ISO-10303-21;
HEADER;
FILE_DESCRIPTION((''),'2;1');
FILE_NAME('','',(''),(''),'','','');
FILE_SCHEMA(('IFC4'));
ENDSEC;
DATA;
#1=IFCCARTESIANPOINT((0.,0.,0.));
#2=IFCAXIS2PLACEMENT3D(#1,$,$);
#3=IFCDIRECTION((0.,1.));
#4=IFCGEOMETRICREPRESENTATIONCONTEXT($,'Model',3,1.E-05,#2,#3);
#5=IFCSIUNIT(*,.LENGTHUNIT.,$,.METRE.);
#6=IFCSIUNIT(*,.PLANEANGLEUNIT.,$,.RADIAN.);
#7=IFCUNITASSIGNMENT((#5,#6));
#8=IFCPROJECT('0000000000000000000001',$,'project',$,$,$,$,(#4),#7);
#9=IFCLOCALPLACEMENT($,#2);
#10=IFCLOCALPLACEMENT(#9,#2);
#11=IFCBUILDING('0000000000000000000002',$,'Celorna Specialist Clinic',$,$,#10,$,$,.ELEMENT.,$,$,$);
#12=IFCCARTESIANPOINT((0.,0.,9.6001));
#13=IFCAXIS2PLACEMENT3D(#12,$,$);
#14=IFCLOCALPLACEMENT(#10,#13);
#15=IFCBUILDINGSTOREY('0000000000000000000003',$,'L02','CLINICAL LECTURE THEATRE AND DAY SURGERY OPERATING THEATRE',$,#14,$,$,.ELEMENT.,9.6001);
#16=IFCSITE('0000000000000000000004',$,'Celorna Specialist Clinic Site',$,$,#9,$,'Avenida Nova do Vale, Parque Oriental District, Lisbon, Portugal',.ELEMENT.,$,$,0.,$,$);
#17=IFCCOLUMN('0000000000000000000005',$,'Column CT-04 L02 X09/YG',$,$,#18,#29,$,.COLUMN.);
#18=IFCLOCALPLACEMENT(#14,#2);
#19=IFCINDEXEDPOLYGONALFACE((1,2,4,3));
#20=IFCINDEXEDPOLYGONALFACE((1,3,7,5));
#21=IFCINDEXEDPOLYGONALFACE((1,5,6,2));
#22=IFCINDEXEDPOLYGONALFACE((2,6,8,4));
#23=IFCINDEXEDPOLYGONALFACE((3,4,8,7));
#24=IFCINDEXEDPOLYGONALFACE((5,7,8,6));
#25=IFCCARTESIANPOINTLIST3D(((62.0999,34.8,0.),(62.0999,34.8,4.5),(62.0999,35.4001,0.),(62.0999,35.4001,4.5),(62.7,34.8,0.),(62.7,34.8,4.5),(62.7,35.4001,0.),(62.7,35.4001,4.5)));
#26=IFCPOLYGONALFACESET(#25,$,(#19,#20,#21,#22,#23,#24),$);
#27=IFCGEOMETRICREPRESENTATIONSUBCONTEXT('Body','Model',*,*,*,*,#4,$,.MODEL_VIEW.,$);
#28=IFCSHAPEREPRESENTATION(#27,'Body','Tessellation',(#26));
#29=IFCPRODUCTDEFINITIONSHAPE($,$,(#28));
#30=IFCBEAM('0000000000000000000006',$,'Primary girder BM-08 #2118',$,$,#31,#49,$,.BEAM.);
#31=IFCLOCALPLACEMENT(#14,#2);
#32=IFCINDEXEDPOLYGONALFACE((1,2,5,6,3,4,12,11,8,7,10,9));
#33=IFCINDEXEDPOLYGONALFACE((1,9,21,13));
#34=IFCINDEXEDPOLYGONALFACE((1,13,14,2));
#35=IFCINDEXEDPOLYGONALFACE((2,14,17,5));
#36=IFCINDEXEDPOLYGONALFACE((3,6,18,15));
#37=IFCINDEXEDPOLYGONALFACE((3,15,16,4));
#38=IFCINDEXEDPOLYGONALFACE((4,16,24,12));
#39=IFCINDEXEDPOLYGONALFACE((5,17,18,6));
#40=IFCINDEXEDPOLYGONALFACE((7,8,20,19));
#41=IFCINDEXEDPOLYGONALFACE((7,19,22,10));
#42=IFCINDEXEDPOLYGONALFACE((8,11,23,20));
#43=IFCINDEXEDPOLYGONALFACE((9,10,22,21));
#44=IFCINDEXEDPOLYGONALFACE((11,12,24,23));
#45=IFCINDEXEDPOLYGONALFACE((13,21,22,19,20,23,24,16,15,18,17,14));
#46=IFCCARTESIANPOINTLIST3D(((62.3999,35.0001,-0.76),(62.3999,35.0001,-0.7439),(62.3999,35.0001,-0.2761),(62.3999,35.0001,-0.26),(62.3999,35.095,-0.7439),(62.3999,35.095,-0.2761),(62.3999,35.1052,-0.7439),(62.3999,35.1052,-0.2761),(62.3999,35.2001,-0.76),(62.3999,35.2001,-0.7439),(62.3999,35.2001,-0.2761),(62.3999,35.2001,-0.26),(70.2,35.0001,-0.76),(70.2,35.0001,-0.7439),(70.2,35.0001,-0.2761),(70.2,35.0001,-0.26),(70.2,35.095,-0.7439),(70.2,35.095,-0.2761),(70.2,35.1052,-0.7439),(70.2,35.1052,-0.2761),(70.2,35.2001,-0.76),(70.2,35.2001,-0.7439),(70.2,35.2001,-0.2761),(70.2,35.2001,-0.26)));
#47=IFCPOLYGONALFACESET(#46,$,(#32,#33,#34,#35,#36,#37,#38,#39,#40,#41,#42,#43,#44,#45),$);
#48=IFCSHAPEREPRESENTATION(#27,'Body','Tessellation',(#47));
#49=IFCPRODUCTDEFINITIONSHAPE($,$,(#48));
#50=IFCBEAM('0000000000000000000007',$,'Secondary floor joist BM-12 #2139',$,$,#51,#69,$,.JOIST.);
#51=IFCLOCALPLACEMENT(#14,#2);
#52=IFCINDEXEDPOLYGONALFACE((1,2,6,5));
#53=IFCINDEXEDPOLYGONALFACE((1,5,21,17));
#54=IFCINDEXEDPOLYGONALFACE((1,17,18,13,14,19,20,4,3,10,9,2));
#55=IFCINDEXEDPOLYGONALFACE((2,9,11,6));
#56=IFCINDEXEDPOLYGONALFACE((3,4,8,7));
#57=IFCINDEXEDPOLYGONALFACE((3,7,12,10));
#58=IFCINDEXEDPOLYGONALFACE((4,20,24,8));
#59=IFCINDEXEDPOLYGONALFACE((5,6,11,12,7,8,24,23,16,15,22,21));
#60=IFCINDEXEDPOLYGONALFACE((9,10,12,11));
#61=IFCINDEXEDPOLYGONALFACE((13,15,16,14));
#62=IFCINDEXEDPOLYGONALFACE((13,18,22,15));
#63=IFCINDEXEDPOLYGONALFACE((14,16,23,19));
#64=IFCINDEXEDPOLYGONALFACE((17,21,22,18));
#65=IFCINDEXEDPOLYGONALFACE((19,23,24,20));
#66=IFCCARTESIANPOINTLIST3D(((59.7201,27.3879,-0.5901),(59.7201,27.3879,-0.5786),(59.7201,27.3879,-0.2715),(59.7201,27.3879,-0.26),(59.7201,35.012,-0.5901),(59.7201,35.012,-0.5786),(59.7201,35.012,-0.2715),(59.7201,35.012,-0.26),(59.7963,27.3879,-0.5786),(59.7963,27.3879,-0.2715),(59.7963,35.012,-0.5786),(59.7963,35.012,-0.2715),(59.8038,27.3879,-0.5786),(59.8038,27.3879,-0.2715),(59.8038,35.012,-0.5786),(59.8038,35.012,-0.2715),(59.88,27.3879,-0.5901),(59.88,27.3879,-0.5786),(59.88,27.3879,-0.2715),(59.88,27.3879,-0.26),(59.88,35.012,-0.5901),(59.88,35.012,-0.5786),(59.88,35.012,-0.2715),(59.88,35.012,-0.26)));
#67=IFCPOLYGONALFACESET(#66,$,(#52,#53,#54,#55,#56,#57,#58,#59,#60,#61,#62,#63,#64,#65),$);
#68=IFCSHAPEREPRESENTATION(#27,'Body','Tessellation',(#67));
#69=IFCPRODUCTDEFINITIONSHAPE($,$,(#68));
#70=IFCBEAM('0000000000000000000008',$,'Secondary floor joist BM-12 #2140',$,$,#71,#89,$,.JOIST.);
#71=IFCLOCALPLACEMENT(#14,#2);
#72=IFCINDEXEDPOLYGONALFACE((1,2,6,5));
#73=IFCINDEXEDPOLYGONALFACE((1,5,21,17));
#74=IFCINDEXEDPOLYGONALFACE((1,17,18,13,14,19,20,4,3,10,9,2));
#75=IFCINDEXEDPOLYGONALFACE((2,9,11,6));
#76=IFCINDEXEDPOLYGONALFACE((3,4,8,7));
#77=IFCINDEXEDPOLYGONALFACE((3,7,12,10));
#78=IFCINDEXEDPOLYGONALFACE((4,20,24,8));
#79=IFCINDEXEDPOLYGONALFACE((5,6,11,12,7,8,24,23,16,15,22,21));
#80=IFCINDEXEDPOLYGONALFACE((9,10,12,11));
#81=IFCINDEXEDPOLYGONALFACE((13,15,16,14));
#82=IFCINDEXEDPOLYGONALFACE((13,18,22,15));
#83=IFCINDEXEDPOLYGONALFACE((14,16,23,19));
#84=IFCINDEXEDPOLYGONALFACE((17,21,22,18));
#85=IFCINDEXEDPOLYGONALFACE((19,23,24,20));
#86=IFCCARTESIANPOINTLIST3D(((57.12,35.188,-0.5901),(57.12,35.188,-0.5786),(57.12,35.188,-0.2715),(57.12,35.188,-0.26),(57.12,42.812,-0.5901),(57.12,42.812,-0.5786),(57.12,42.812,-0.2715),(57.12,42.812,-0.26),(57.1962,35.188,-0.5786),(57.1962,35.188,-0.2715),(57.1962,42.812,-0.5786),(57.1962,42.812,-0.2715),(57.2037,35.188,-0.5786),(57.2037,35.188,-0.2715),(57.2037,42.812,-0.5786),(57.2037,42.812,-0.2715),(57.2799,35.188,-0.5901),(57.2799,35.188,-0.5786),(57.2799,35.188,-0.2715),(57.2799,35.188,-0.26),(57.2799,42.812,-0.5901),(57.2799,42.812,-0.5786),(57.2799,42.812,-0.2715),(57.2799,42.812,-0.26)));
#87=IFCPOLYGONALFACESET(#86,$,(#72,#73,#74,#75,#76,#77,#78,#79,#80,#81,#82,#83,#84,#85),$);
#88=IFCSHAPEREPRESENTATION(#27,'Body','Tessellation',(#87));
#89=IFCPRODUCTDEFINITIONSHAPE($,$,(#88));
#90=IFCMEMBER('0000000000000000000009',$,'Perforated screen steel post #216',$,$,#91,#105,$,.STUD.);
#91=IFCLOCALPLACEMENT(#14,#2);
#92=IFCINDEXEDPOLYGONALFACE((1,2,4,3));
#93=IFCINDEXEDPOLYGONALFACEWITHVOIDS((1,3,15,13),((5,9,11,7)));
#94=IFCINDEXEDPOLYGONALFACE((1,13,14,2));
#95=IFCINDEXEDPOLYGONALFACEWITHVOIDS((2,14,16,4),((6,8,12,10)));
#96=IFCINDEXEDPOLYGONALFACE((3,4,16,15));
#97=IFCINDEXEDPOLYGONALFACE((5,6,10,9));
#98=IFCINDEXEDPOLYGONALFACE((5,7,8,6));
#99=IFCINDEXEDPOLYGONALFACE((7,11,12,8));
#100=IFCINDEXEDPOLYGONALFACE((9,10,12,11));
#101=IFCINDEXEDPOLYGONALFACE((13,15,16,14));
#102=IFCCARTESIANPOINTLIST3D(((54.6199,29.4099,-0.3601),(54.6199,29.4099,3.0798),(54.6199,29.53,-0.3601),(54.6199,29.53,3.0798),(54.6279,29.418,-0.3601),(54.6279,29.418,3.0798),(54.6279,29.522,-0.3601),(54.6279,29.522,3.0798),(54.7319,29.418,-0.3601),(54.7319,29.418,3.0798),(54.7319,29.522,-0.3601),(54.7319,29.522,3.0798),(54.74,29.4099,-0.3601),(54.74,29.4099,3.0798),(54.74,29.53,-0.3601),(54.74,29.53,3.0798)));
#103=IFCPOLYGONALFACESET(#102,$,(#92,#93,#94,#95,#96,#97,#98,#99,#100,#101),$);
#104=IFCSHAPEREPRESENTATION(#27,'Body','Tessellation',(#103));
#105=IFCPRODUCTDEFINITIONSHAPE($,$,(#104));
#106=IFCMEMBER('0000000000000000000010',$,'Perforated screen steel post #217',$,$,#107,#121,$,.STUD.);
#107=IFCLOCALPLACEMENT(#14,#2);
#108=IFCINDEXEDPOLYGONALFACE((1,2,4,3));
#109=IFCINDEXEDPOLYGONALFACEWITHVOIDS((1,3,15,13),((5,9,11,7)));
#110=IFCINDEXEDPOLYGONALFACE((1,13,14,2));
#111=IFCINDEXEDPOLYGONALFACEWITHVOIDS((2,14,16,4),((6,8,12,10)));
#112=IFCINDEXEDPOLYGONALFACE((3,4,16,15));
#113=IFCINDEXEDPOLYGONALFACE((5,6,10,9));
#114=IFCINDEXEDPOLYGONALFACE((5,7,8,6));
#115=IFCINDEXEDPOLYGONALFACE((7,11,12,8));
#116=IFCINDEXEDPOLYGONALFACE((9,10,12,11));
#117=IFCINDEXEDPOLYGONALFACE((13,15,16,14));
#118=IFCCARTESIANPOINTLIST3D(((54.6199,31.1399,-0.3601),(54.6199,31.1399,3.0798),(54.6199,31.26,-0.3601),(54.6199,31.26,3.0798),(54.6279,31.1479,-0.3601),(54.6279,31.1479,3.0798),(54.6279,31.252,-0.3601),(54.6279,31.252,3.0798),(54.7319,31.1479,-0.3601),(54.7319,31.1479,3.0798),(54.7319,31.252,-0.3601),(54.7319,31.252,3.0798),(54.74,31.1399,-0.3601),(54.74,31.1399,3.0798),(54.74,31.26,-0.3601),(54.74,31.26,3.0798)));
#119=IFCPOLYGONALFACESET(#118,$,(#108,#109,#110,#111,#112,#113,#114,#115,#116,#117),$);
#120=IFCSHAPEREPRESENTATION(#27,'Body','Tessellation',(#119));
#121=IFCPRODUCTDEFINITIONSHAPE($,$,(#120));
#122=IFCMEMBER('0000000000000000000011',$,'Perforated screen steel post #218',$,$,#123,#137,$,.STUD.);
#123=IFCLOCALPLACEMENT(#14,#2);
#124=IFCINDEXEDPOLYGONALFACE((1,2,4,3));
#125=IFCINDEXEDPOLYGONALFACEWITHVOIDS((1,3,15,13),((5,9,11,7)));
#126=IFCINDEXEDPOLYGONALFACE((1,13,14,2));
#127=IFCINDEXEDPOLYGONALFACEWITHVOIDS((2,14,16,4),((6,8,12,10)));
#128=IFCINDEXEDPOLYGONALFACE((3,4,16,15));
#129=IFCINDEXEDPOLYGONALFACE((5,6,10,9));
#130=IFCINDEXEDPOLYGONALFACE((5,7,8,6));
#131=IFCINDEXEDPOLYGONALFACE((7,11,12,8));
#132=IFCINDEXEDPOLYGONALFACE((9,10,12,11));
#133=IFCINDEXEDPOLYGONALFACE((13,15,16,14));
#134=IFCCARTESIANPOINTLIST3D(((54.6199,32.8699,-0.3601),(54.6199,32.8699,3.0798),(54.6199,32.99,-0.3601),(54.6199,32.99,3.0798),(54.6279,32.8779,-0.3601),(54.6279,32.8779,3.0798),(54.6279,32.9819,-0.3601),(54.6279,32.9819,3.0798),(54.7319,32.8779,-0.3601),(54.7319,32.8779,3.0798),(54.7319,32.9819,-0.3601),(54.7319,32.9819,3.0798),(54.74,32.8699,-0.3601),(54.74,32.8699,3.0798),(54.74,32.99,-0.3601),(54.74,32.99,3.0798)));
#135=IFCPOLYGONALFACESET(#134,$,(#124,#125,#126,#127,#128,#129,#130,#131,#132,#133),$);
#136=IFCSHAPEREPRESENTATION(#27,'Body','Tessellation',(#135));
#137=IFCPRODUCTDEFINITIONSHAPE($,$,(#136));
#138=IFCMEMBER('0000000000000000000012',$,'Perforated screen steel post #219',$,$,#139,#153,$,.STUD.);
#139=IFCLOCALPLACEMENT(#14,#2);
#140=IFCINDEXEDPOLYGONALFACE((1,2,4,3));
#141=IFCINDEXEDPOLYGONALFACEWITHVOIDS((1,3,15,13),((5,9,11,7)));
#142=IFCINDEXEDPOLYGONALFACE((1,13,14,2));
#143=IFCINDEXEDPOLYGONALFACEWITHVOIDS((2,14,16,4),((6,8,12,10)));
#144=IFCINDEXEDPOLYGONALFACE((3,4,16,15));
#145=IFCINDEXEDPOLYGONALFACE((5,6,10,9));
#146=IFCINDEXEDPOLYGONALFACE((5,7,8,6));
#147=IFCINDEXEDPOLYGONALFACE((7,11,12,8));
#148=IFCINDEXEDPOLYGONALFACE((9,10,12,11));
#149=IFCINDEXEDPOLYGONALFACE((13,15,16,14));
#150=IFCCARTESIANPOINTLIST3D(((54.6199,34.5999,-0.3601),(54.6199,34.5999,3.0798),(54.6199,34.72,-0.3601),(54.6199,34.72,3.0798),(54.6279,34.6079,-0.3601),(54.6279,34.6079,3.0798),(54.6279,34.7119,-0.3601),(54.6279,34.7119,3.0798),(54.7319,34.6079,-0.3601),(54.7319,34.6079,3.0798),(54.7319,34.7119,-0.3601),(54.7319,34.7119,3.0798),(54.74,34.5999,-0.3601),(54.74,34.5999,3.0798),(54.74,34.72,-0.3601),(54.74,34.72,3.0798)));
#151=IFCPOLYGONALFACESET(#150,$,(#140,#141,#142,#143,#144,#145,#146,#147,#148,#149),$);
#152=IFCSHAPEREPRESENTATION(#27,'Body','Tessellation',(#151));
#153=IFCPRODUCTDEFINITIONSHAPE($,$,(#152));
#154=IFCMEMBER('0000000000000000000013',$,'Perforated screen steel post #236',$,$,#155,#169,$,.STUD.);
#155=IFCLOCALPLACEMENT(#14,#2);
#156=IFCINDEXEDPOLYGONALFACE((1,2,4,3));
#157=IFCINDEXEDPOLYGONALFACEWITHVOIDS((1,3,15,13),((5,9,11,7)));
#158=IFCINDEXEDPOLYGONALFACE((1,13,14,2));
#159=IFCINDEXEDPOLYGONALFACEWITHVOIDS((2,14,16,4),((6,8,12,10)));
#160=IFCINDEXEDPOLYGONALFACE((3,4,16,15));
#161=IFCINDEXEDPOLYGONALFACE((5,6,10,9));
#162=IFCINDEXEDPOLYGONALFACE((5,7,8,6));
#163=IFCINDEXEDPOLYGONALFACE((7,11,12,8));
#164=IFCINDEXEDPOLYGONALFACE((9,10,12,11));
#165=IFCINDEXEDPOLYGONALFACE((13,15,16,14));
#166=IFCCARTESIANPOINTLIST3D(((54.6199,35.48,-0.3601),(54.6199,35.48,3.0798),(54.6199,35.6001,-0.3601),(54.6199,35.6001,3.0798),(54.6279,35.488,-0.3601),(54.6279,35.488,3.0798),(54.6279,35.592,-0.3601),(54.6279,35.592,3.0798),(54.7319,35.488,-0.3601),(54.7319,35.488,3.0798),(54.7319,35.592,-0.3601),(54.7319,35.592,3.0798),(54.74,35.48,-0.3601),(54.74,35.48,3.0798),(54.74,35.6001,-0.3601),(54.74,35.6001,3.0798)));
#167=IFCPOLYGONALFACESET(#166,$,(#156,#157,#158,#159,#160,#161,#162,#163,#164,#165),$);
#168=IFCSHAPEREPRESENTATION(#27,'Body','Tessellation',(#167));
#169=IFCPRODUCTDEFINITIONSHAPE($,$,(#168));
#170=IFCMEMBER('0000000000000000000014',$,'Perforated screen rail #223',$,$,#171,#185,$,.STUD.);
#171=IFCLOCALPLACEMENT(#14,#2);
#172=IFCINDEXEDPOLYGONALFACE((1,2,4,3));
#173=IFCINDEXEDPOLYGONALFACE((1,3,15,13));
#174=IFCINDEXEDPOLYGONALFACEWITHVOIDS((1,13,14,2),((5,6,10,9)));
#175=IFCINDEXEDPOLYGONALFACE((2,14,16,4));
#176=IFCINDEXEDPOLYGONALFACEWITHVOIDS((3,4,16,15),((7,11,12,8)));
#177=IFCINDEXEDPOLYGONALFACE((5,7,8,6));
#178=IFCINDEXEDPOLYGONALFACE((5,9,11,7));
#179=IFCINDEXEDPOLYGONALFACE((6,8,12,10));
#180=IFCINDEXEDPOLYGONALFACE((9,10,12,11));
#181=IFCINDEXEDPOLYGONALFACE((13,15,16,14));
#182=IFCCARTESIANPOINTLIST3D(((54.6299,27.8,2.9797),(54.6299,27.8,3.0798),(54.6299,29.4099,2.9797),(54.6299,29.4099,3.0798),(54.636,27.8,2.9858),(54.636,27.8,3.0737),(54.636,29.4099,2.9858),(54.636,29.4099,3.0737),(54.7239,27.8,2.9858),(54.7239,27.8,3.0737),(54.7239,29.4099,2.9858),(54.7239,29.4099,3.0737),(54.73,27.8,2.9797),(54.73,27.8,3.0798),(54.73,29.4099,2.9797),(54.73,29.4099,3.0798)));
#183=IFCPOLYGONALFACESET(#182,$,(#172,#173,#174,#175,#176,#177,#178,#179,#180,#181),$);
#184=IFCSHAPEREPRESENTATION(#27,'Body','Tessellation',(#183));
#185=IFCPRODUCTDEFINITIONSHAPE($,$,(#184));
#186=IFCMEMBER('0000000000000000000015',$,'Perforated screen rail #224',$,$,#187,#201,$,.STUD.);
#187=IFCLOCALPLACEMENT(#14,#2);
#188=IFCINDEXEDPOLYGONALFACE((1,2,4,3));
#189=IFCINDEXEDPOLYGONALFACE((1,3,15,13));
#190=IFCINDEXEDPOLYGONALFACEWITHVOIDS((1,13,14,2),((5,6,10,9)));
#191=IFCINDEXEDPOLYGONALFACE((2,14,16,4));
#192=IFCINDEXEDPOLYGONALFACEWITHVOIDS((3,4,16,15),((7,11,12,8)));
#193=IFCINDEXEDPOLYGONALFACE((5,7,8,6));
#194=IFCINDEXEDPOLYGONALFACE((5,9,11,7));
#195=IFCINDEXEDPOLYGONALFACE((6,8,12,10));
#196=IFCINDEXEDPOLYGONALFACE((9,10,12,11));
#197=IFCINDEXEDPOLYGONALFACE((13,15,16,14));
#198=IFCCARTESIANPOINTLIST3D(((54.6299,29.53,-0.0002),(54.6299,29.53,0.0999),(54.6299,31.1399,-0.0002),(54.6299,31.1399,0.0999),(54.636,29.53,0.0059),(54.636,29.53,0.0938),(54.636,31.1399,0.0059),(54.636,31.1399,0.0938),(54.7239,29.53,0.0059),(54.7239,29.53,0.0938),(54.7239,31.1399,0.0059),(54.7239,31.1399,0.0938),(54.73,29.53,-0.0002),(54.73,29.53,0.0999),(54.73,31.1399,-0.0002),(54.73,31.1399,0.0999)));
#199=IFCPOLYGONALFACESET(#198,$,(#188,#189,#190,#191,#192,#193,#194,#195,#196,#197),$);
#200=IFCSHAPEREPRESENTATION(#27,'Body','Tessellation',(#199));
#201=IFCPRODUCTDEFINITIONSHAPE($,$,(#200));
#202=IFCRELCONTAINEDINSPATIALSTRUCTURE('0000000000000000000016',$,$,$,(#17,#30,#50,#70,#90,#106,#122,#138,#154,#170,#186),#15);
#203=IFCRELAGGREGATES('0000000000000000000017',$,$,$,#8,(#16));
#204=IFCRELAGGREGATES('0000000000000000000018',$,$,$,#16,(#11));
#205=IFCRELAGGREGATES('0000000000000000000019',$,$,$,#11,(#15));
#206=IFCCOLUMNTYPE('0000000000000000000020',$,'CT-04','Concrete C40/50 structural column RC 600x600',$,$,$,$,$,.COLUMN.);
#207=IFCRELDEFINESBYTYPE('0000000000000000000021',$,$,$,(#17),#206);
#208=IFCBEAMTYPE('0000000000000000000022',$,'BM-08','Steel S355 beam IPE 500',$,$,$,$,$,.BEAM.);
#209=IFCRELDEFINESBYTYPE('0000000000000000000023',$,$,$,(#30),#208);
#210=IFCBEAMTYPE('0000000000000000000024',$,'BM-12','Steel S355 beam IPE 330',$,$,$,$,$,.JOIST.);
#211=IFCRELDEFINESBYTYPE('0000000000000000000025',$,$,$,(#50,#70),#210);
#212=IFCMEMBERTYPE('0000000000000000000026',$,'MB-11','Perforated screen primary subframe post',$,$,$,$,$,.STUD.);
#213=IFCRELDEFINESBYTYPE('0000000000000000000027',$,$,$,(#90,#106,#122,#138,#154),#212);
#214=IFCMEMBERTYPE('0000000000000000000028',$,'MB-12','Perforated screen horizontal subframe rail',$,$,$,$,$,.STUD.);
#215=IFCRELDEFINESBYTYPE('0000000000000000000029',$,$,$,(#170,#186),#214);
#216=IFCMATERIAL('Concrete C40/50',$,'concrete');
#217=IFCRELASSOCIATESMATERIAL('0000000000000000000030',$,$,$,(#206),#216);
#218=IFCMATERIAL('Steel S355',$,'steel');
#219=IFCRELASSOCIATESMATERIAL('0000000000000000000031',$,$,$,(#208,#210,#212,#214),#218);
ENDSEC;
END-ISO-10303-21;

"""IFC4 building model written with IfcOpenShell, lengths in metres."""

from ifc_helpers import new_model, si_unit, direction, frame, origin, origin_2d, place, context, subcontext, project, spatial, rectangle, hollow_rectangle, i_section, extrude, material, material_profile, profile_set, type_object, element, save


model = new_model("IFC4")

# Units and contexts
model_context = context("Model", 3, precision=1e-05, world=origin(), true_north=direction((0.0, 1.0)))
body_context = subcontext(model_context, "Body", "Model", "MODEL_VIEW")
ifc_project = project(units=[si_unit("LENGTHUNIT", "METRE"), si_unit("PLANEANGLEUNIT", "RADIAN")], contexts=[model_context])

# Site, building, storey
site_placement = place(None, origin())
site = spatial("IfcSite", under=ifc_project, at=site_placement, Name="Celorna Specialist Clinic Site", LongName="Avenida Nova do Vale, Parque Oriental District, Lisbon, Portugal", CompositionType="ELEMENT", RefElevation=0.0)
building_placement = place(site_placement, origin())
building = spatial("IfcBuilding", under=site, at=building_placement, Name="Celorna Specialist Clinic", CompositionType="ELEMENT")
storey_placement = place(building_placement, frame((0.0, 0.0, 9.6001)))
storey = spatial("IfcBuildingStorey", under=building, at=storey_placement, Name="L02", Description="CLINICAL LECTURE THEATRE AND DAY SURGERY OPERATING THEATRE", CompositionType="ELEMENT", Elevation=9.6001)

# Column
ifc_material_1 = material(Name="Concrete C40/50", Category="concrete")
ifc_material_profile_1 = material_profile(ifc_material_1, rectangle(XDim=0.6001, YDim=0.6001, at=origin_2d()), Name="RC 600x600")
ifc_profile_set_1 = profile_set([ifc_material_profile_1], Name="Concrete C40/50")
column_type = type_object("IfcColumnType", Name="CT-04", Description="Concrete C40/50 structural column RC 600x600", PredefinedType="COLUMN", material=ifc_profile_set_1)
column_placement = place(storey_placement, frame((62.3999, 35.1001, 0.0), z_axis=(0.0, 0.0, 1.0), x_axis=(1.0, 0.0, 0.0)))
element("IfcColumn", 1, at=column_placement, inside=storey, type_object=column_type, Name="Column CT-04 L02 X09/YG", PredefinedType="COLUMN", context=body_context, shape_type="SweptSolid", body=[
    extrude(rectangle(XDim=0.6001, YDim=0.6001, at=origin_2d()), origin(), (0.0, 0.0, 1.0), 4.5),
])

# Beams
ifc_material_2 = material(Name="Steel S355", Category="steel")
ifc_material_profile_2 = material_profile(ifc_material_2, i_section(OverallWidth=0.2, OverallDepth=0.5, WebThickness=0.0103, FlangeThickness=0.0161, at=origin_2d()), Name="IPE 500")
ifc_profile_set_2 = profile_set([ifc_material_profile_2], Name="Steel S355")
beam_type_1 = type_object("IfcBeamType", Name="BM-08", Description="Steel S355 beam IPE 500", PredefinedType="BEAM", material=ifc_profile_set_2)
beam_placement = place(storey_placement, frame((62.3999, 35.1001, -0.51), z_axis=(1.0, 0.0, 0.0), x_axis=(0.0, 1.0, 0.0)))
element("IfcBeam", 2, at=beam_placement, inside=storey, type_object=beam_type_1, Name="Primary girder BM-08 #2118", PredefinedType="BEAM", context=body_context, shape_type="SweptSolid", body=[
    extrude(i_section(OverallWidth=0.2, OverallDepth=0.5, WebThickness=0.0103, FlangeThickness=0.0161, at=origin_2d()), origin(), (0.0, 0.0, 1.0), 7.8),
])
ifc_material_profile_3 = material_profile(ifc_material_2, i_section(OverallWidth=0.1599, OverallDepth=0.3301, WebThickness=0.0076, FlangeThickness=0.0115, at=origin_2d()), Name="IPE 330")
ifc_profile_set_3 = profile_set([ifc_material_profile_3], Name="Steel S355")
beam_type_2 = type_object("IfcBeamType", Name="BM-12", Description="Steel S355 beam IPE 330", PredefinedType="JOIST", material=ifc_profile_set_3)
for number, where, z_axis, x_axis, name in (
    (3, (59.8, 27.3879, -0.425), (0.0, 1.0, 0.0), (-1.0, 0.0, 0.0), "Secondary floor joist BM-12 #2139"),
    (4, (57.2, 35.188, -0.425), (0.0, 1.0, 0.0), (-1.0, 0.0, 0.0), "Secondary floor joist BM-12 #2140"),
):
    element("IfcBeam", number, at=place(storey_placement, frame(where, z_axis=z_axis, x_axis=x_axis)), inside=storey, type_object=beam_type_2, Name=name, PredefinedType="JOIST", context=body_context, shape_type="SweptSolid", body=[
        extrude(i_section(OverallWidth=0.1599, OverallDepth=0.3301, WebThickness=0.0076, FlangeThickness=0.0115, at=origin_2d()), origin(), (0.0, 0.0, 1.0), 7.624),
    ])

# Members
ifc_material_profile_4 = material_profile(ifc_material_2, hollow_rectangle(XDim=0.1201, YDim=0.1201, WallThickness=0.0081, at=origin_2d()), Name="SHS 120x120x8")
ifc_profile_set_4 = profile_set([ifc_material_profile_4], Name="Steel S355")
member_type_1 = type_object("IfcMemberType", Name="MB-11", Description="Perforated screen primary subframe post", PredefinedType="STUD", material=ifc_profile_set_4)
for number, where, z_axis, x_axis, name in (
    (5, (54.6799, 29.47, -0.3601), (0.0, 0.0, 1.0), (1.0, 0.0, 0.0), "Perforated screen steel post #216"),
    (6, (54.6799, 31.2, -0.3601), (0.0, 0.0, 1.0), (1.0, 0.0, 0.0), "Perforated screen steel post #217"),
    (7, (54.6799, 32.9299, -0.3601), (0.0, 0.0, 1.0), (1.0, 0.0, 0.0), "Perforated screen steel post #218"),
    (8, (54.6799, 34.6599, -0.3601), (0.0, 0.0, 1.0), (1.0, 0.0, 0.0), "Perforated screen steel post #219"),
    (9, (54.6799, 35.54, -0.3601), (0.0, 0.0, 1.0), (1.0, 0.0, 0.0), "Perforated screen steel post #236"),
):
    element("IfcMember", number, at=place(storey_placement, frame(where, z_axis=z_axis, x_axis=x_axis)), inside=storey, type_object=member_type_1, Name=name, PredefinedType="STUD", context=body_context, shape_type="SweptSolid", body=[
        extrude(hollow_rectangle(XDim=0.1201, YDim=0.1201, WallThickness=0.0081, at=origin_2d()), origin(), (0.0, 0.0, 1.0), 3.4399),
    ])
ifc_material_profile_5 = material_profile(ifc_material_2, hollow_rectangle(XDim=0.1001, YDim=0.1001, WallThickness=0.0061, at=origin_2d()), Name="SHS 100x100x6")
ifc_profile_set_5 = profile_set([ifc_material_profile_5], Name="Steel S355")
member_type_2 = type_object("IfcMemberType", Name="MB-12", Description="Perforated screen horizontal subframe rail", PredefinedType="STUD", material=ifc_profile_set_5)
for number, where, z_axis, x_axis, name in (
    (10, (54.6799, 27.8, 3.0298), (0.0, 1.0, 0.0), (-1.0, 0.0, 0.0), "Perforated screen rail #223"),
    (11, (54.6799, 29.53, 0.0498), (0.0, 1.0, 0.0), (-1.0, 0.0, 0.0), "Perforated screen rail #224"),
):
    element("IfcMember", number, at=place(storey_placement, frame(where, z_axis=z_axis, x_axis=x_axis)), inside=storey, type_object=member_type_2, Name=name, PredefinedType="STUD", context=body_context, shape_type="SweptSolid", body=[
        extrude(hollow_rectangle(XDim=0.1001, YDim=0.1001, WallThickness=0.0061, at=origin_2d()), origin(), (0.0, 0.0, 1.0), 1.6099),
    ])

save(model, "model.ifc")
